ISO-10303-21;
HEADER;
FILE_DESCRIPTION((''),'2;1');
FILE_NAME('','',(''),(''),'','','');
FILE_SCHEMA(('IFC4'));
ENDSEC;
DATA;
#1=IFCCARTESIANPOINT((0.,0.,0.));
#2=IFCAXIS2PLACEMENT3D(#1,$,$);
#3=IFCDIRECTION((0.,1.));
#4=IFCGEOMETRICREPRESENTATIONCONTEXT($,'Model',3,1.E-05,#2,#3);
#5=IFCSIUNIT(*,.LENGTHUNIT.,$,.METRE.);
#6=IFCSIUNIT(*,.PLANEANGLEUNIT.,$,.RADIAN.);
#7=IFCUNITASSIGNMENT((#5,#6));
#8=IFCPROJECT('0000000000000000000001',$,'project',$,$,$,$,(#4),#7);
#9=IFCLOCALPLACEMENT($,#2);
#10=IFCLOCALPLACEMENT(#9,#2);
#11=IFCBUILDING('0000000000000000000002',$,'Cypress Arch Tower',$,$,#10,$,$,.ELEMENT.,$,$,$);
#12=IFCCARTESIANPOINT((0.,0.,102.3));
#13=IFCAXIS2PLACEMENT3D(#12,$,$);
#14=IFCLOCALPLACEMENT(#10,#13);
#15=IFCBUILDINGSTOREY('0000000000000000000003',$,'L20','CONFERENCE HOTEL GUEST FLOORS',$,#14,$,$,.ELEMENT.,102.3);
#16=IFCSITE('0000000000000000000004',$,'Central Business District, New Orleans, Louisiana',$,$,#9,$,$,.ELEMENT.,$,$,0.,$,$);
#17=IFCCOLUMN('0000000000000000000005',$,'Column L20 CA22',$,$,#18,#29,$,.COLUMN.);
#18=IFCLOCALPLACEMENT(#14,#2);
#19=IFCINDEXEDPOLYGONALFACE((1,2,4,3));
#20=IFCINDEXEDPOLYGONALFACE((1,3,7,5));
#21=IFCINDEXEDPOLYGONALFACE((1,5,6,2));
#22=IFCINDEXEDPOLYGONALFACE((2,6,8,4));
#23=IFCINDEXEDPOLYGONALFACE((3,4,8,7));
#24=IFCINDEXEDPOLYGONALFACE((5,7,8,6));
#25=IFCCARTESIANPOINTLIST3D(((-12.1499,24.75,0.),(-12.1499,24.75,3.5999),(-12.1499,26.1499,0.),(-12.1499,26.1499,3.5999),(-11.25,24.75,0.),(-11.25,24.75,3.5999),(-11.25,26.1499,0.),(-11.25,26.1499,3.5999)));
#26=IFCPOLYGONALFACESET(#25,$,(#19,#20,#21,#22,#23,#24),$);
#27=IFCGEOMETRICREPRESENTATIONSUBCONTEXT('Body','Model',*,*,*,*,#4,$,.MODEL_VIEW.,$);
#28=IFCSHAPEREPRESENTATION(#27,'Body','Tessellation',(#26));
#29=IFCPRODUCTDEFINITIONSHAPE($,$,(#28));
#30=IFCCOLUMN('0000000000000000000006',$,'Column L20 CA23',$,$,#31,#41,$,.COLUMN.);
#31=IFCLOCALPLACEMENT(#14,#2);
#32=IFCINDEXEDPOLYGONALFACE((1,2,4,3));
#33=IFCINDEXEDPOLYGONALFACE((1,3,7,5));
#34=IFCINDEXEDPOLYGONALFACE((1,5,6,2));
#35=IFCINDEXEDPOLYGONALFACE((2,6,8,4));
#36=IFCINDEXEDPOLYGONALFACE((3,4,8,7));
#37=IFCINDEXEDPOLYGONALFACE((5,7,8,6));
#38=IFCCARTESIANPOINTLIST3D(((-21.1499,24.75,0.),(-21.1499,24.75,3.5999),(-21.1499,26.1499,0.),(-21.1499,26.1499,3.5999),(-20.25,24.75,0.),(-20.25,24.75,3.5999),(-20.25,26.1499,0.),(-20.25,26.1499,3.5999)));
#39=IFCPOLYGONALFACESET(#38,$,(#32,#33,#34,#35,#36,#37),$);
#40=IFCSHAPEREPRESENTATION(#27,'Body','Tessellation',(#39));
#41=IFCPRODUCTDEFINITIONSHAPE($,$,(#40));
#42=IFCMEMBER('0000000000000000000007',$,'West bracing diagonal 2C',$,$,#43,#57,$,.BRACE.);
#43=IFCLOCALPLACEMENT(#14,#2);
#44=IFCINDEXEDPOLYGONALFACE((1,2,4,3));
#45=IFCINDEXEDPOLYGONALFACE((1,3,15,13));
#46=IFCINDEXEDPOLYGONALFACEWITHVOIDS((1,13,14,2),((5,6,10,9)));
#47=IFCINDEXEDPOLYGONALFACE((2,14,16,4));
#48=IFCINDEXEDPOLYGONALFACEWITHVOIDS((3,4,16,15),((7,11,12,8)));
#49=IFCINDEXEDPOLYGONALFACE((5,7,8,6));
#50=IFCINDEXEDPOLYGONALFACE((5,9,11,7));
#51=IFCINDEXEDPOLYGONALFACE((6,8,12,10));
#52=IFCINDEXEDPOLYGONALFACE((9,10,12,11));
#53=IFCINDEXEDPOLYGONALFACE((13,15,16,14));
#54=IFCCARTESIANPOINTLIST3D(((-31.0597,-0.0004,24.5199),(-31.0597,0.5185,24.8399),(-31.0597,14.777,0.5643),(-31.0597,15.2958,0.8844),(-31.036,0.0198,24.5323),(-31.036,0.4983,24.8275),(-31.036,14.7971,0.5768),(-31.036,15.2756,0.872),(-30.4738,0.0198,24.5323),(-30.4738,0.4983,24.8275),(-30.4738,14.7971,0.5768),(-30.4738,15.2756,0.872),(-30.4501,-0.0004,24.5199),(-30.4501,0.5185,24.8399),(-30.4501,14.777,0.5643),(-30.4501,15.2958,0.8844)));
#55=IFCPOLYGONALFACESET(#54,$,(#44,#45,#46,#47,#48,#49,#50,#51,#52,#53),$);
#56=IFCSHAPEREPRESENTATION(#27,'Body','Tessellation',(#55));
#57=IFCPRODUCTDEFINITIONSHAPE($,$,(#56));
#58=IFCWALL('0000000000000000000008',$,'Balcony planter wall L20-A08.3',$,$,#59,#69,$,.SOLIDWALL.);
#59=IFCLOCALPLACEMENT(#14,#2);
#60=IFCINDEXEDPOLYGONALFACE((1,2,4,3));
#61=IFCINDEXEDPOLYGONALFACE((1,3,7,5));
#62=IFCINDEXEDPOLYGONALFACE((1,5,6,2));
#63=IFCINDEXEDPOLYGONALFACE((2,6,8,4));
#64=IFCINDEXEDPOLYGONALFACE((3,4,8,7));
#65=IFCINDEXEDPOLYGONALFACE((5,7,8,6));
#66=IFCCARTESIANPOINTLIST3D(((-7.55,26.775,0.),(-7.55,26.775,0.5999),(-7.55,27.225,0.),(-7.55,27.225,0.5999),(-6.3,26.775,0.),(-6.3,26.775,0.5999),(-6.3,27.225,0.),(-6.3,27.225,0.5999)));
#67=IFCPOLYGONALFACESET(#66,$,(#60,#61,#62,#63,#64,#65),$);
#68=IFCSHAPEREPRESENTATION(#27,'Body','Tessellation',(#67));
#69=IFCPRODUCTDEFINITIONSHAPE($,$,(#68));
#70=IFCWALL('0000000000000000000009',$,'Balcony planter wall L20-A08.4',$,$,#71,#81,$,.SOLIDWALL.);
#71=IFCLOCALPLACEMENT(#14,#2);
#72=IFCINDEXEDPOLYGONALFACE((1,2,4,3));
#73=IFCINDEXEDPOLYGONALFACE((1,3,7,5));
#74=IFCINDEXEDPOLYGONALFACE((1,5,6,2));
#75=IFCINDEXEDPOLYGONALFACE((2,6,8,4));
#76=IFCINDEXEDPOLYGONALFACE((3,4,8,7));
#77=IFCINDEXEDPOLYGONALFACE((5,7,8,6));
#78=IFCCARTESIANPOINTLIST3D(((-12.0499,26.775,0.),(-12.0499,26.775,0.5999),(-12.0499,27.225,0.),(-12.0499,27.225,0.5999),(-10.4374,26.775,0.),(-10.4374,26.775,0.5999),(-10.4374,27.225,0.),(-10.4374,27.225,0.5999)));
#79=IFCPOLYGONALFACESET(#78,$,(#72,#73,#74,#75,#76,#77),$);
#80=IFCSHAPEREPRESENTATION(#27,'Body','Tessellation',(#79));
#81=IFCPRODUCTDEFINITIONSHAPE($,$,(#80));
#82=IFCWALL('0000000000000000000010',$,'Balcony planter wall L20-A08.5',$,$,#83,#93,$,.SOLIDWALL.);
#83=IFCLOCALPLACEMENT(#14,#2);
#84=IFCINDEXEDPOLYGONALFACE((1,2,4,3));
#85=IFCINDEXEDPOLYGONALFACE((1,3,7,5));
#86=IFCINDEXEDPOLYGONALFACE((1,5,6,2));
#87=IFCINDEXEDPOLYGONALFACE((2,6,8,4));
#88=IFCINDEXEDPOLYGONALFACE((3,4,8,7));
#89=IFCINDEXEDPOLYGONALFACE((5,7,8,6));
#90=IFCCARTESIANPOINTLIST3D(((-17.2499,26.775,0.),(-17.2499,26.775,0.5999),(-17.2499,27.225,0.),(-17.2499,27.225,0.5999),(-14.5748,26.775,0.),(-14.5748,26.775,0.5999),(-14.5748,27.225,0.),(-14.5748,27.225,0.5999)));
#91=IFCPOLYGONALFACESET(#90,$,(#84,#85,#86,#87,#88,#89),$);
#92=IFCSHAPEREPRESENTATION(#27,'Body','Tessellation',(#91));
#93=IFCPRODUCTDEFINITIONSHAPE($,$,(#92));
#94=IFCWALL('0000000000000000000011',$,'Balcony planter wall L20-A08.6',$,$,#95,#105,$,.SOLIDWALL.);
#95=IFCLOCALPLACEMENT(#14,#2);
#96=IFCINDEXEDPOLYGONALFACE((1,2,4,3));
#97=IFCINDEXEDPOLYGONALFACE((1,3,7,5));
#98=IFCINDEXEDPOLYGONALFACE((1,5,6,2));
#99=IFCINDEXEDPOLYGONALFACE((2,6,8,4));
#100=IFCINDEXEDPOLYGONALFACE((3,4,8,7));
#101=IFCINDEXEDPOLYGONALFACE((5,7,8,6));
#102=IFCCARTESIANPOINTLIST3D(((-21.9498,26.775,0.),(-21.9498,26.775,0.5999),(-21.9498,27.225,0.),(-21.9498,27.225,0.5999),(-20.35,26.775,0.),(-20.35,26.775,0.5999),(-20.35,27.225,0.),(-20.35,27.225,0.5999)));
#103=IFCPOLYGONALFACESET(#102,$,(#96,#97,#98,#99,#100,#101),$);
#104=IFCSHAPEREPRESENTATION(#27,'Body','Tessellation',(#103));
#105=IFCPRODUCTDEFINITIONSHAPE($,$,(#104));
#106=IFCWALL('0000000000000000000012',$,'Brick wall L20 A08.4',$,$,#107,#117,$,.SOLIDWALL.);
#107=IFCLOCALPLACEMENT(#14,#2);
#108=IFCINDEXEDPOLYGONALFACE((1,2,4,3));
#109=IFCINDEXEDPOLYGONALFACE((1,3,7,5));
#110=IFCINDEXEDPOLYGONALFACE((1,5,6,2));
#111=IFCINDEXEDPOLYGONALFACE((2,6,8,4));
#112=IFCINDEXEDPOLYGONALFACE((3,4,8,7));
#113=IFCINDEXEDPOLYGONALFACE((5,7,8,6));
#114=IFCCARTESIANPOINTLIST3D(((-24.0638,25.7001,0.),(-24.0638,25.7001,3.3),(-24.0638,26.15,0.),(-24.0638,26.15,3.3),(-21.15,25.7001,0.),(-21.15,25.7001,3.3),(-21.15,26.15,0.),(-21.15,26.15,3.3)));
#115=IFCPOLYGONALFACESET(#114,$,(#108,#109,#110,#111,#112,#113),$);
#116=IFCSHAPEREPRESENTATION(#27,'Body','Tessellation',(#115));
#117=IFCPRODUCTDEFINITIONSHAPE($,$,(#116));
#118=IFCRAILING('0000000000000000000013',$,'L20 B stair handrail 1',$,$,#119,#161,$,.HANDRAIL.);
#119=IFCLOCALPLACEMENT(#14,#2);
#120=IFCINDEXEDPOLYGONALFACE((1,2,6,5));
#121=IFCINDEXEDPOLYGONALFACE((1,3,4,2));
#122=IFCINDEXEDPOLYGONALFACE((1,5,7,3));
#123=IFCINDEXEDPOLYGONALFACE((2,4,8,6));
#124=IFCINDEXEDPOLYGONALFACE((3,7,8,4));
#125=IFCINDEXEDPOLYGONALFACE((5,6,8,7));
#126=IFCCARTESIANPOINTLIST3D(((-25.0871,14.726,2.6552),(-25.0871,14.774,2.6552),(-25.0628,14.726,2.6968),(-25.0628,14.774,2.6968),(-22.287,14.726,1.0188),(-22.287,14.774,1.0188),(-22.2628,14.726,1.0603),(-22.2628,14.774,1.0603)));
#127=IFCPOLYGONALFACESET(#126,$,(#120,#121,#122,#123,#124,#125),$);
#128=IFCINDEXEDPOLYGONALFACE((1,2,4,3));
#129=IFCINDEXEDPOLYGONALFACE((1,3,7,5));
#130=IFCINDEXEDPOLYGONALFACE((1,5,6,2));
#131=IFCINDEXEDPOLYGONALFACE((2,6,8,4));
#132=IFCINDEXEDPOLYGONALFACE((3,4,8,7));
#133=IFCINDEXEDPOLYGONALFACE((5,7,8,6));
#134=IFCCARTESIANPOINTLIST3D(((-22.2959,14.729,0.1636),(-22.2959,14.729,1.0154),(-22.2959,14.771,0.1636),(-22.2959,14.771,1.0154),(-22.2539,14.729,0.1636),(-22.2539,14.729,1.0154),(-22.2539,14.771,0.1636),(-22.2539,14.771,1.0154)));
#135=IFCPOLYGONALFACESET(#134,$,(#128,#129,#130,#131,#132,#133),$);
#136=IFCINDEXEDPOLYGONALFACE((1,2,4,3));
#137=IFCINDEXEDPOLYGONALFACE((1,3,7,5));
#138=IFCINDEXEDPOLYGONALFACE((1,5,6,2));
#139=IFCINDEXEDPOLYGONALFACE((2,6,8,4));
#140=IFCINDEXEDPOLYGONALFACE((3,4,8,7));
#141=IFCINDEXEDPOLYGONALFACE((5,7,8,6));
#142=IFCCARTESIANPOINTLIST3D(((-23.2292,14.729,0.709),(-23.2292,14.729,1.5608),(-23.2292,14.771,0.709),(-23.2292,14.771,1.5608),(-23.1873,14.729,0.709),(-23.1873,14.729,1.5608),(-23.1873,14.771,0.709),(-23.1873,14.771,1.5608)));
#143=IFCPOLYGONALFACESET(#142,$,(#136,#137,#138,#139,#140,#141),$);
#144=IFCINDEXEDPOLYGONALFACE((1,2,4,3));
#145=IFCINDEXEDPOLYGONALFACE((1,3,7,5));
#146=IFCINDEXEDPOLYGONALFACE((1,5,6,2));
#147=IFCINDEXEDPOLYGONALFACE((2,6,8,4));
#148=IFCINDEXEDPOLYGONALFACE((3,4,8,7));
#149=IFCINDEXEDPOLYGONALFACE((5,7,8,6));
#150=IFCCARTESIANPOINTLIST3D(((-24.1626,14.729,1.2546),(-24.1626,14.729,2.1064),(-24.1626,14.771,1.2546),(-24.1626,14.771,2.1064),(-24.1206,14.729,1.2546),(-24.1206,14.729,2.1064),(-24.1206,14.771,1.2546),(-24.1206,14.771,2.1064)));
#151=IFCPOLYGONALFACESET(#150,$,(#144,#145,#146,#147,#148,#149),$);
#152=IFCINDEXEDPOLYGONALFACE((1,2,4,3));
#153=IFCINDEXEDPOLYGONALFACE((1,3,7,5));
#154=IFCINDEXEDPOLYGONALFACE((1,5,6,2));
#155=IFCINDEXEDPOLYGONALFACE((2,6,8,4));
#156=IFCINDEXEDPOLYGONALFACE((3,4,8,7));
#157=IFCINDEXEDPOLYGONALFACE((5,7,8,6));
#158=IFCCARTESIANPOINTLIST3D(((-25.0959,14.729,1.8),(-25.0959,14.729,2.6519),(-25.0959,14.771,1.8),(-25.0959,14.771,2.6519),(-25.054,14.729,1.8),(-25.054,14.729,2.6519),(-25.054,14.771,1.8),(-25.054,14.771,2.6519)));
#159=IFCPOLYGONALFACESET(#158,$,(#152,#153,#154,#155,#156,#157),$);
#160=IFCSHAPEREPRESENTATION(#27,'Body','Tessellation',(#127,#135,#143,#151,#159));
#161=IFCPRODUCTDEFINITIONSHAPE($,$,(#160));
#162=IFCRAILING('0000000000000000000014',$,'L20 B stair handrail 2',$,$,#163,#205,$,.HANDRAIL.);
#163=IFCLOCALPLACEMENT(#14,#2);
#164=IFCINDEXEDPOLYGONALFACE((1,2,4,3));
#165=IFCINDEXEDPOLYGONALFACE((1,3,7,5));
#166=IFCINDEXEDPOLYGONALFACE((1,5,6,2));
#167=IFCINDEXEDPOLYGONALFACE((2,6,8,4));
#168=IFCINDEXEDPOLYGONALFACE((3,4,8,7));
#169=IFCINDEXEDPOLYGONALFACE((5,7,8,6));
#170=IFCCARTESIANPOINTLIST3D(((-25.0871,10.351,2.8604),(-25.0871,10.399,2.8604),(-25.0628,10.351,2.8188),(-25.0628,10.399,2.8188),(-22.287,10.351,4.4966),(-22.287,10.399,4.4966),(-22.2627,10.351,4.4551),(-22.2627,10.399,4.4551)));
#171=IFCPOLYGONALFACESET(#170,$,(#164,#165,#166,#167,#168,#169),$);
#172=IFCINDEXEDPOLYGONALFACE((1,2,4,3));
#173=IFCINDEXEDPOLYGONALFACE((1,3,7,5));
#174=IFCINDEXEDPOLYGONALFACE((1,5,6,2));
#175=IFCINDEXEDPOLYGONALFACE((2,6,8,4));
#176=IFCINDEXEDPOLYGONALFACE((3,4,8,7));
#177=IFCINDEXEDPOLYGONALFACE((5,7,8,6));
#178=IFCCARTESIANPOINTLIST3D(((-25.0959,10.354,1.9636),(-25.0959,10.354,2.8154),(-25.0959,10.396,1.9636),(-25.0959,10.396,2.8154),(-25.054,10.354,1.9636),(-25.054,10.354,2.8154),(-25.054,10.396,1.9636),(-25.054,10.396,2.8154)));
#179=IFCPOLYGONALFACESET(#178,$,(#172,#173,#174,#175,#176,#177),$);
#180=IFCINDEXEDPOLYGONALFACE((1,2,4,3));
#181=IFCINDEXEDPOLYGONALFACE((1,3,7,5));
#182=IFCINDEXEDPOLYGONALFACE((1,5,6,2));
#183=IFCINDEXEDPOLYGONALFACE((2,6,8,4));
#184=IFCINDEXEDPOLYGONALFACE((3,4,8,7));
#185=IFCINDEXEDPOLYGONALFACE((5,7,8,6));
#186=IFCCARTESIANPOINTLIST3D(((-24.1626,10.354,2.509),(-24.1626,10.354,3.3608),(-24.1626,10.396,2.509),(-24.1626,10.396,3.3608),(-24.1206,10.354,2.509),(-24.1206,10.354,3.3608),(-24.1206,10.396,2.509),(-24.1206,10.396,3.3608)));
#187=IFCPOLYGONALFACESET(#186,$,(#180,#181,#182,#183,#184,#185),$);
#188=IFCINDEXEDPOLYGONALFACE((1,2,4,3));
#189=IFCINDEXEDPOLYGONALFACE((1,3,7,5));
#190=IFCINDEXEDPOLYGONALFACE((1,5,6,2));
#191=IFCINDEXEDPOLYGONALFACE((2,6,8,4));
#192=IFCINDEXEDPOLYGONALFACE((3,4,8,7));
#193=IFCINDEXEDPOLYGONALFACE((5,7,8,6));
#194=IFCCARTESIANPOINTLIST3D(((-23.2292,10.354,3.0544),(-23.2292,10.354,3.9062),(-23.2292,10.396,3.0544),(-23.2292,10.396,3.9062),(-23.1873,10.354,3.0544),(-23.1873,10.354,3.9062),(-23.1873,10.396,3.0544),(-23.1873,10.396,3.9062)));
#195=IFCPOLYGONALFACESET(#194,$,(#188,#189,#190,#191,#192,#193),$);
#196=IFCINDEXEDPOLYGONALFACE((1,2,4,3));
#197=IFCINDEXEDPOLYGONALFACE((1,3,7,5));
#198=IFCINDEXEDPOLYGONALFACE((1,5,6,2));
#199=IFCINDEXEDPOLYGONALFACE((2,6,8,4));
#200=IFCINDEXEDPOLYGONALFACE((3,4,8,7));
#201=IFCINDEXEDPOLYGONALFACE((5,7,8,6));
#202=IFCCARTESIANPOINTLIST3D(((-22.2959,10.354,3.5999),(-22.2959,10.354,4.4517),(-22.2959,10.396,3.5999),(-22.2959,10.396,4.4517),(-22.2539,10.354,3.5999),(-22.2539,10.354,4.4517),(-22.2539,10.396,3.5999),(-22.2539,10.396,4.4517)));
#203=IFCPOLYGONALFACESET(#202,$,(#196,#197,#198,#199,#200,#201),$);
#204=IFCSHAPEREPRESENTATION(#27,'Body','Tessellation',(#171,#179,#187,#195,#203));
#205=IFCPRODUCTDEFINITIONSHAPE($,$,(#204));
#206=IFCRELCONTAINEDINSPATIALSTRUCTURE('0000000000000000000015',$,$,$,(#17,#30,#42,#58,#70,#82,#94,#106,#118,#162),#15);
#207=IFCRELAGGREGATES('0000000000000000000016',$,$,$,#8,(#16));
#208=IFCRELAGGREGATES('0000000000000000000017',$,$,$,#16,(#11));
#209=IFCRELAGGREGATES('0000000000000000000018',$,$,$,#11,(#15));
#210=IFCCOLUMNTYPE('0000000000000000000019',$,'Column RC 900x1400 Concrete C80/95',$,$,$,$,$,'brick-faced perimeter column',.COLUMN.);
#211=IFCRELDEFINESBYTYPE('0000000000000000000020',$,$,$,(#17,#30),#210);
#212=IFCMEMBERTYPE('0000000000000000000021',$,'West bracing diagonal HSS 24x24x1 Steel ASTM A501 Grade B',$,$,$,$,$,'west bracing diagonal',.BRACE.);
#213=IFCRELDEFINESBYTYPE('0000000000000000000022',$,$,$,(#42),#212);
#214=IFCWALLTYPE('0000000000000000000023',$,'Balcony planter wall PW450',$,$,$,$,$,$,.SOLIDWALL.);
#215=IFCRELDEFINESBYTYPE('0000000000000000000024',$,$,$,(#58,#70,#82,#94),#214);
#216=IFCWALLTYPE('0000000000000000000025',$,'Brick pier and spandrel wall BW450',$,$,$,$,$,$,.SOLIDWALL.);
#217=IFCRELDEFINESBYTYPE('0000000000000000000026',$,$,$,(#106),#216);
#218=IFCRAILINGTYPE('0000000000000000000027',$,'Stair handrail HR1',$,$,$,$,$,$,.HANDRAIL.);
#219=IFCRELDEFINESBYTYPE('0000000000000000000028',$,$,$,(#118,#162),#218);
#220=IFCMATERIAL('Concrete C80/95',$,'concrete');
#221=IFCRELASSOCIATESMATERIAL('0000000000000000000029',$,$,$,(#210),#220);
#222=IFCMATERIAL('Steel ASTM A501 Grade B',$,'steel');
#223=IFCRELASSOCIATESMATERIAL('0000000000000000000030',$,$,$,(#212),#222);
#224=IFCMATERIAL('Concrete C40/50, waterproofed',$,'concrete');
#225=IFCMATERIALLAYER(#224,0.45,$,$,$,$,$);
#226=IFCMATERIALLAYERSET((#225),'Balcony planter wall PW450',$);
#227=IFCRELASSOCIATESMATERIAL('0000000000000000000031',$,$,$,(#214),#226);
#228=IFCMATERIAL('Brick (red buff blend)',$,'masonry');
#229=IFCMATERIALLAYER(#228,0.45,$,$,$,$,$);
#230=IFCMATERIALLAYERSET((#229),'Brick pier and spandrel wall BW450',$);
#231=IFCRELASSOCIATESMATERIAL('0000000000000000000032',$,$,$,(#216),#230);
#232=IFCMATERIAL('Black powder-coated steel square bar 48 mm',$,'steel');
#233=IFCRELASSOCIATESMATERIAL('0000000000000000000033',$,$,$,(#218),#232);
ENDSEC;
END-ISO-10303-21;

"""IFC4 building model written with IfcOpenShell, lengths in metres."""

from ifc_helpers import new_model, si_unit, direction, frame, frame_2d, origin, origin_2d, place, context, subcontext, project, spatial, rectangle, hollow_rectangle, extrude, material, layer, layer_set, material_profile, profile_set, type_object, element, save


model = new_model("IFC4")

# Units and contexts
model_context = context("Model", 3, precision=1e-05, world=origin(), true_north=direction((0.0, 1.0)))
body_context = subcontext(model_context, "Body", "Model", "MODEL_VIEW")
ifc_project = project(units=[si_unit("LENGTHUNIT", "METRE"), si_unit("PLANEANGLEUNIT", "RADIAN")], contexts=[model_context])

# Site, building, storey
site_placement = place(None, origin())
site = spatial("IfcSite", under=ifc_project, at=site_placement, Name="Central Business District, New Orleans, Louisiana", CompositionType="ELEMENT", RefElevation=0.0)
building_placement = place(site_placement, origin())
building = spatial("IfcBuilding", under=site, at=building_placement, Name="Cypress Arch Tower", CompositionType="ELEMENT")
storey_placement = place(building_placement, frame((0.0, 0.0, 102.3)))
storey = spatial("IfcBuildingStorey", under=building, at=storey_placement, Name="L20", Description="CONFERENCE HOTEL GUEST FLOORS", CompositionType="ELEMENT", Elevation=102.3)

# Columns
ifc_material_1 = material(Name="Concrete C80/95", Category="concrete")
ifc_material_profile_1 = material_profile(ifc_material_1, rectangle(XDim=0.8999, YDim=1.3999, at=origin_2d()), Name="RC 900x1400")
ifc_profile_set_1 = profile_set([ifc_material_profile_1], Name="Concrete C80/95")
column_type = type_object("IfcColumnType", Name="Column RC 900x1400 Concrete C80/95", ElementType="brick-faced perimeter column", PredefinedType="COLUMN", material=ifc_profile_set_1)
for number, where, z_axis, x_axis, name in (
    (1, (-11.7, 25.45, 0.0), (0.0, 0.0, 1.0), (-1.0, 0.0, 0.0), "Column L20 CA22"),
    (2, (-20.7, 25.45, 0.0), (0.0, 0.0, 1.0), (-1.0, 0.0, 0.0), "Column L20 CA23"),
):
    element("IfcColumn", number, at=place(storey_placement, frame(where, z_axis=z_axis, x_axis=x_axis)), inside=storey, type_object=column_type, Name=name, PredefinedType="COLUMN", context=body_context, shape_type="SweptSolid", body=[
        extrude(rectangle(XDim=0.8999, YDim=1.3999, at=origin_2d()), origin(), (0.0, 0.0, 1.0), 3.5999),
    ])

# Member
ifc_material_2 = material(Name="Steel ASTM A501 Grade B", Category="steel")
ifc_material_profile_2 = material_profile(ifc_material_2, hollow_rectangle(XDim=0.6096, YDim=0.6096, WallThickness=0.0237, at=origin_2d()), Name="HSS 24x24x1")
ifc_profile_set_2 = profile_set([ifc_material_profile_2], Name="Steel ASTM A501 Grade B")
member_type = type_object("IfcMemberType", Name="West bracing diagonal HSS 24x24x1 Steel ASTM A501 Grade B", ElementType="west bracing diagonal", PredefinedType="BRACE", material=ifc_profile_set_2)
member_placement = place(storey_placement, frame((-30.7549, 15.0364, 0.7244), z_axis=(0.0, -0.525011, 0.851096), x_axis=(1.0, 0.0, 0.0)))
element("IfcMember", 3, at=member_placement, inside=storey, type_object=member_type, Name="West bracing diagonal 2C", PredefinedType="BRACE", context=body_context, shape_type="SweptSolid", body=[
    extrude(hollow_rectangle(XDim=0.6096, YDim=0.6096, WallThickness=0.0237, at=origin_2d()), origin(), (0.0, 0.0, 1.0), 28.1467),
])

# Walls
ifc_material_3 = material(Name="Concrete C40/50, waterproofed", Category="concrete")
ifc_layer_1 = layer(ifc_material_3, 0.45)
ifc_layer_set_1 = layer_set([ifc_layer_1], Name="Balcony planter wall PW450")
wall_type_1 = type_object("IfcWallType", Name="Balcony planter wall PW450", PredefinedType="SOLIDWALL", material=ifc_layer_set_1)
wall_1_placement = place(storey_placement, frame((-6.3, 27.0, 0.0), z_axis=(0.0, 0.0, 1.0), x_axis=(-1.0, 0.0, 0.0)))
element("IfcWall", 4, at=wall_1_placement, inside=storey, type_object=wall_type_1, Name="Balcony planter wall L20-A08.3", PredefinedType="SOLIDWALL", context=body_context, shape_type="SweptSolid", body=[
    extrude(rectangle(XDim=1.25, YDim=0.45, at=frame_2d((0.625, 0.0))), origin(), (0.0, 0.0, 1.0), 0.5999),
])
wall_2_placement = place(storey_placement, frame((-10.4375, 27.0, 0.0), z_axis=(0.0, 0.0, 1.0), x_axis=(-1.0, 0.0, 0.0)))
element("IfcWall", 5, at=wall_2_placement, inside=storey, type_object=wall_type_1, Name="Balcony planter wall L20-A08.4", PredefinedType="SOLIDWALL", context=body_context, shape_type="SweptSolid", body=[
    extrude(rectangle(XDim=1.6125, YDim=0.45, at=frame_2d((0.8062, 0.0))), origin(), (0.0, 0.0, 1.0), 0.5999),
])
wall_3_placement = place(storey_placement, frame((-14.575, 27.0, 0.0), z_axis=(0.0, 0.0, 1.0), x_axis=(-1.0, 0.0, 0.0)))
element("IfcWall", 6, at=wall_3_placement, inside=storey, type_object=wall_type_1, Name="Balcony planter wall L20-A08.5", PredefinedType="SOLIDWALL", context=body_context, shape_type="SweptSolid", body=[
    extrude(rectangle(XDim=2.675, YDim=0.45, at=frame_2d((1.3374, 0.0))), origin(), (0.0, 0.0, 1.0), 0.5999),
])
wall_4_placement = place(storey_placement, frame((-20.3501, 27.0, 0.0), z_axis=(0.0, 0.0, 1.0), x_axis=(-1.0, 0.0, 0.0)))
element("IfcWall", 7, at=wall_4_placement, inside=storey, type_object=wall_type_1, Name="Balcony planter wall L20-A08.6", PredefinedType="SOLIDWALL", context=body_context, shape_type="SweptSolid", body=[
    extrude(rectangle(XDim=1.5999, YDim=0.45, at=frame_2d((0.7998, 0.0))), origin(), (0.0, 0.0, 1.0), 0.5999),
])

# Shared definitions
ifc_material_4 = material(Name="Brick (red buff blend)", Category="masonry")
ifc_layer_2 = layer(ifc_material_4, 0.45)
ifc_layer_set_2 = layer_set([ifc_layer_2], Name="Brick pier and spandrel wall BW450")
wall_type_2 = type_object("IfcWallType", Name="Brick pier and spandrel wall BW450", PredefinedType="SOLIDWALL", material=ifc_layer_set_2)

# Wall
wall_5_placement = place(storey_placement, frame((-21.1499, 25.925, 0.0), z_axis=(0.0, 0.0, 1.0), x_axis=(-1.0, 0.0, 0.0)))
element("IfcWall", 8, at=wall_5_placement, inside=storey, type_object=wall_type_2, Name="Brick wall L20 A08.4", PredefinedType="SOLIDWALL", context=body_context, shape_type="SweptSolid", body=[
    extrude(rectangle(XDim=2.9138, YDim=0.45, at=frame_2d((1.457, 0.0))), origin(), (0.0, 0.0, 1.0), 3.3),
])

# Railings
ifc_material_5 = material(Name="Black powder-coated steel square bar 48 mm", Category="steel")
railing_type_1 = type_object("IfcRailingType", Name="Stair handrail HR1", PredefinedType="HANDRAIL", material=ifc_material_5)
railing_1_placement = place(storey_placement, frame((-22.2749, 14.75, 0.1636)))
element("IfcRailing", 9, at=railing_1_placement, inside=storey, type_object=railing_type_1, Name="L20 B stair handrail 1", PredefinedType="HANDRAIL", context=body_context, shape_type="SweptSolid", body=[
    extrude(rectangle(XDim=0.0481, YDim=0.0481, at=origin_2d()), frame((0.0, 0.0, 0.876), z_axis=(-0.863361, 0.0, 0.504587), x_axis=(0.0, -1.0, 0.0)), (0.0, 0.0, 1.0), 3.2432),
    extrude(rectangle(XDim=0.042, YDim=0.042, at=origin_2d()), origin(), (0.0, 0.0, 1.0), 0.8518),
    extrude(rectangle(XDim=0.042, YDim=0.042, at=origin_2d()), frame((-0.9333, 0.0, 0.5454)), (0.0, 0.0, 1.0), 0.8518),
    extrude(rectangle(XDim=0.042, YDim=0.042, at=origin_2d()), frame((-1.8667, 0.0, 1.0911)), (0.0, 0.0, 1.0), 0.8518),
    extrude(rectangle(XDim=0.042, YDim=0.042, at=origin_2d()), frame((-2.8, 0.0, 1.6365)), (0.0, 0.0, 1.0), 0.8518),
])
railing_2_placement = place(storey_placement, frame((-25.075, 10.375, 1.9636)))
element("IfcRailing", 10, at=railing_2_placement, inside=storey, type_object=railing_type_1, Name="L20 B stair handrail 2", PredefinedType="HANDRAIL", context=body_context, shape_type="SweptSolid", body=[
    extrude(rectangle(XDim=0.0481, YDim=0.0481, at=origin_2d()), frame((0.0, 0.0, 0.876), z_axis=(0.863394, 0.0, 0.504531), x_axis=(0.0, 1.0, 0.0)), (0.0, 0.0, 1.0), 3.2432),
    extrude(rectangle(XDim=0.042, YDim=0.042, at=origin_2d()), origin(), (0.0, 0.0, 1.0), 0.8518),
    extrude(rectangle(XDim=0.042, YDim=0.042, at=origin_2d()), frame((0.9333, 0.0, 0.5454)), (0.0, 0.0, 1.0), 0.8518),
    extrude(rectangle(XDim=0.042, YDim=0.042, at=origin_2d()), frame((1.8667, 0.0, 1.0908)), (0.0, 0.0, 1.0), 0.8518),
    extrude(rectangle(XDim=0.042, YDim=0.042, at=origin_2d()), frame((2.8, 0.0, 1.6362)), (0.0, 0.0, 1.0), 0.8518),
])

save(model, "model.ifc")
